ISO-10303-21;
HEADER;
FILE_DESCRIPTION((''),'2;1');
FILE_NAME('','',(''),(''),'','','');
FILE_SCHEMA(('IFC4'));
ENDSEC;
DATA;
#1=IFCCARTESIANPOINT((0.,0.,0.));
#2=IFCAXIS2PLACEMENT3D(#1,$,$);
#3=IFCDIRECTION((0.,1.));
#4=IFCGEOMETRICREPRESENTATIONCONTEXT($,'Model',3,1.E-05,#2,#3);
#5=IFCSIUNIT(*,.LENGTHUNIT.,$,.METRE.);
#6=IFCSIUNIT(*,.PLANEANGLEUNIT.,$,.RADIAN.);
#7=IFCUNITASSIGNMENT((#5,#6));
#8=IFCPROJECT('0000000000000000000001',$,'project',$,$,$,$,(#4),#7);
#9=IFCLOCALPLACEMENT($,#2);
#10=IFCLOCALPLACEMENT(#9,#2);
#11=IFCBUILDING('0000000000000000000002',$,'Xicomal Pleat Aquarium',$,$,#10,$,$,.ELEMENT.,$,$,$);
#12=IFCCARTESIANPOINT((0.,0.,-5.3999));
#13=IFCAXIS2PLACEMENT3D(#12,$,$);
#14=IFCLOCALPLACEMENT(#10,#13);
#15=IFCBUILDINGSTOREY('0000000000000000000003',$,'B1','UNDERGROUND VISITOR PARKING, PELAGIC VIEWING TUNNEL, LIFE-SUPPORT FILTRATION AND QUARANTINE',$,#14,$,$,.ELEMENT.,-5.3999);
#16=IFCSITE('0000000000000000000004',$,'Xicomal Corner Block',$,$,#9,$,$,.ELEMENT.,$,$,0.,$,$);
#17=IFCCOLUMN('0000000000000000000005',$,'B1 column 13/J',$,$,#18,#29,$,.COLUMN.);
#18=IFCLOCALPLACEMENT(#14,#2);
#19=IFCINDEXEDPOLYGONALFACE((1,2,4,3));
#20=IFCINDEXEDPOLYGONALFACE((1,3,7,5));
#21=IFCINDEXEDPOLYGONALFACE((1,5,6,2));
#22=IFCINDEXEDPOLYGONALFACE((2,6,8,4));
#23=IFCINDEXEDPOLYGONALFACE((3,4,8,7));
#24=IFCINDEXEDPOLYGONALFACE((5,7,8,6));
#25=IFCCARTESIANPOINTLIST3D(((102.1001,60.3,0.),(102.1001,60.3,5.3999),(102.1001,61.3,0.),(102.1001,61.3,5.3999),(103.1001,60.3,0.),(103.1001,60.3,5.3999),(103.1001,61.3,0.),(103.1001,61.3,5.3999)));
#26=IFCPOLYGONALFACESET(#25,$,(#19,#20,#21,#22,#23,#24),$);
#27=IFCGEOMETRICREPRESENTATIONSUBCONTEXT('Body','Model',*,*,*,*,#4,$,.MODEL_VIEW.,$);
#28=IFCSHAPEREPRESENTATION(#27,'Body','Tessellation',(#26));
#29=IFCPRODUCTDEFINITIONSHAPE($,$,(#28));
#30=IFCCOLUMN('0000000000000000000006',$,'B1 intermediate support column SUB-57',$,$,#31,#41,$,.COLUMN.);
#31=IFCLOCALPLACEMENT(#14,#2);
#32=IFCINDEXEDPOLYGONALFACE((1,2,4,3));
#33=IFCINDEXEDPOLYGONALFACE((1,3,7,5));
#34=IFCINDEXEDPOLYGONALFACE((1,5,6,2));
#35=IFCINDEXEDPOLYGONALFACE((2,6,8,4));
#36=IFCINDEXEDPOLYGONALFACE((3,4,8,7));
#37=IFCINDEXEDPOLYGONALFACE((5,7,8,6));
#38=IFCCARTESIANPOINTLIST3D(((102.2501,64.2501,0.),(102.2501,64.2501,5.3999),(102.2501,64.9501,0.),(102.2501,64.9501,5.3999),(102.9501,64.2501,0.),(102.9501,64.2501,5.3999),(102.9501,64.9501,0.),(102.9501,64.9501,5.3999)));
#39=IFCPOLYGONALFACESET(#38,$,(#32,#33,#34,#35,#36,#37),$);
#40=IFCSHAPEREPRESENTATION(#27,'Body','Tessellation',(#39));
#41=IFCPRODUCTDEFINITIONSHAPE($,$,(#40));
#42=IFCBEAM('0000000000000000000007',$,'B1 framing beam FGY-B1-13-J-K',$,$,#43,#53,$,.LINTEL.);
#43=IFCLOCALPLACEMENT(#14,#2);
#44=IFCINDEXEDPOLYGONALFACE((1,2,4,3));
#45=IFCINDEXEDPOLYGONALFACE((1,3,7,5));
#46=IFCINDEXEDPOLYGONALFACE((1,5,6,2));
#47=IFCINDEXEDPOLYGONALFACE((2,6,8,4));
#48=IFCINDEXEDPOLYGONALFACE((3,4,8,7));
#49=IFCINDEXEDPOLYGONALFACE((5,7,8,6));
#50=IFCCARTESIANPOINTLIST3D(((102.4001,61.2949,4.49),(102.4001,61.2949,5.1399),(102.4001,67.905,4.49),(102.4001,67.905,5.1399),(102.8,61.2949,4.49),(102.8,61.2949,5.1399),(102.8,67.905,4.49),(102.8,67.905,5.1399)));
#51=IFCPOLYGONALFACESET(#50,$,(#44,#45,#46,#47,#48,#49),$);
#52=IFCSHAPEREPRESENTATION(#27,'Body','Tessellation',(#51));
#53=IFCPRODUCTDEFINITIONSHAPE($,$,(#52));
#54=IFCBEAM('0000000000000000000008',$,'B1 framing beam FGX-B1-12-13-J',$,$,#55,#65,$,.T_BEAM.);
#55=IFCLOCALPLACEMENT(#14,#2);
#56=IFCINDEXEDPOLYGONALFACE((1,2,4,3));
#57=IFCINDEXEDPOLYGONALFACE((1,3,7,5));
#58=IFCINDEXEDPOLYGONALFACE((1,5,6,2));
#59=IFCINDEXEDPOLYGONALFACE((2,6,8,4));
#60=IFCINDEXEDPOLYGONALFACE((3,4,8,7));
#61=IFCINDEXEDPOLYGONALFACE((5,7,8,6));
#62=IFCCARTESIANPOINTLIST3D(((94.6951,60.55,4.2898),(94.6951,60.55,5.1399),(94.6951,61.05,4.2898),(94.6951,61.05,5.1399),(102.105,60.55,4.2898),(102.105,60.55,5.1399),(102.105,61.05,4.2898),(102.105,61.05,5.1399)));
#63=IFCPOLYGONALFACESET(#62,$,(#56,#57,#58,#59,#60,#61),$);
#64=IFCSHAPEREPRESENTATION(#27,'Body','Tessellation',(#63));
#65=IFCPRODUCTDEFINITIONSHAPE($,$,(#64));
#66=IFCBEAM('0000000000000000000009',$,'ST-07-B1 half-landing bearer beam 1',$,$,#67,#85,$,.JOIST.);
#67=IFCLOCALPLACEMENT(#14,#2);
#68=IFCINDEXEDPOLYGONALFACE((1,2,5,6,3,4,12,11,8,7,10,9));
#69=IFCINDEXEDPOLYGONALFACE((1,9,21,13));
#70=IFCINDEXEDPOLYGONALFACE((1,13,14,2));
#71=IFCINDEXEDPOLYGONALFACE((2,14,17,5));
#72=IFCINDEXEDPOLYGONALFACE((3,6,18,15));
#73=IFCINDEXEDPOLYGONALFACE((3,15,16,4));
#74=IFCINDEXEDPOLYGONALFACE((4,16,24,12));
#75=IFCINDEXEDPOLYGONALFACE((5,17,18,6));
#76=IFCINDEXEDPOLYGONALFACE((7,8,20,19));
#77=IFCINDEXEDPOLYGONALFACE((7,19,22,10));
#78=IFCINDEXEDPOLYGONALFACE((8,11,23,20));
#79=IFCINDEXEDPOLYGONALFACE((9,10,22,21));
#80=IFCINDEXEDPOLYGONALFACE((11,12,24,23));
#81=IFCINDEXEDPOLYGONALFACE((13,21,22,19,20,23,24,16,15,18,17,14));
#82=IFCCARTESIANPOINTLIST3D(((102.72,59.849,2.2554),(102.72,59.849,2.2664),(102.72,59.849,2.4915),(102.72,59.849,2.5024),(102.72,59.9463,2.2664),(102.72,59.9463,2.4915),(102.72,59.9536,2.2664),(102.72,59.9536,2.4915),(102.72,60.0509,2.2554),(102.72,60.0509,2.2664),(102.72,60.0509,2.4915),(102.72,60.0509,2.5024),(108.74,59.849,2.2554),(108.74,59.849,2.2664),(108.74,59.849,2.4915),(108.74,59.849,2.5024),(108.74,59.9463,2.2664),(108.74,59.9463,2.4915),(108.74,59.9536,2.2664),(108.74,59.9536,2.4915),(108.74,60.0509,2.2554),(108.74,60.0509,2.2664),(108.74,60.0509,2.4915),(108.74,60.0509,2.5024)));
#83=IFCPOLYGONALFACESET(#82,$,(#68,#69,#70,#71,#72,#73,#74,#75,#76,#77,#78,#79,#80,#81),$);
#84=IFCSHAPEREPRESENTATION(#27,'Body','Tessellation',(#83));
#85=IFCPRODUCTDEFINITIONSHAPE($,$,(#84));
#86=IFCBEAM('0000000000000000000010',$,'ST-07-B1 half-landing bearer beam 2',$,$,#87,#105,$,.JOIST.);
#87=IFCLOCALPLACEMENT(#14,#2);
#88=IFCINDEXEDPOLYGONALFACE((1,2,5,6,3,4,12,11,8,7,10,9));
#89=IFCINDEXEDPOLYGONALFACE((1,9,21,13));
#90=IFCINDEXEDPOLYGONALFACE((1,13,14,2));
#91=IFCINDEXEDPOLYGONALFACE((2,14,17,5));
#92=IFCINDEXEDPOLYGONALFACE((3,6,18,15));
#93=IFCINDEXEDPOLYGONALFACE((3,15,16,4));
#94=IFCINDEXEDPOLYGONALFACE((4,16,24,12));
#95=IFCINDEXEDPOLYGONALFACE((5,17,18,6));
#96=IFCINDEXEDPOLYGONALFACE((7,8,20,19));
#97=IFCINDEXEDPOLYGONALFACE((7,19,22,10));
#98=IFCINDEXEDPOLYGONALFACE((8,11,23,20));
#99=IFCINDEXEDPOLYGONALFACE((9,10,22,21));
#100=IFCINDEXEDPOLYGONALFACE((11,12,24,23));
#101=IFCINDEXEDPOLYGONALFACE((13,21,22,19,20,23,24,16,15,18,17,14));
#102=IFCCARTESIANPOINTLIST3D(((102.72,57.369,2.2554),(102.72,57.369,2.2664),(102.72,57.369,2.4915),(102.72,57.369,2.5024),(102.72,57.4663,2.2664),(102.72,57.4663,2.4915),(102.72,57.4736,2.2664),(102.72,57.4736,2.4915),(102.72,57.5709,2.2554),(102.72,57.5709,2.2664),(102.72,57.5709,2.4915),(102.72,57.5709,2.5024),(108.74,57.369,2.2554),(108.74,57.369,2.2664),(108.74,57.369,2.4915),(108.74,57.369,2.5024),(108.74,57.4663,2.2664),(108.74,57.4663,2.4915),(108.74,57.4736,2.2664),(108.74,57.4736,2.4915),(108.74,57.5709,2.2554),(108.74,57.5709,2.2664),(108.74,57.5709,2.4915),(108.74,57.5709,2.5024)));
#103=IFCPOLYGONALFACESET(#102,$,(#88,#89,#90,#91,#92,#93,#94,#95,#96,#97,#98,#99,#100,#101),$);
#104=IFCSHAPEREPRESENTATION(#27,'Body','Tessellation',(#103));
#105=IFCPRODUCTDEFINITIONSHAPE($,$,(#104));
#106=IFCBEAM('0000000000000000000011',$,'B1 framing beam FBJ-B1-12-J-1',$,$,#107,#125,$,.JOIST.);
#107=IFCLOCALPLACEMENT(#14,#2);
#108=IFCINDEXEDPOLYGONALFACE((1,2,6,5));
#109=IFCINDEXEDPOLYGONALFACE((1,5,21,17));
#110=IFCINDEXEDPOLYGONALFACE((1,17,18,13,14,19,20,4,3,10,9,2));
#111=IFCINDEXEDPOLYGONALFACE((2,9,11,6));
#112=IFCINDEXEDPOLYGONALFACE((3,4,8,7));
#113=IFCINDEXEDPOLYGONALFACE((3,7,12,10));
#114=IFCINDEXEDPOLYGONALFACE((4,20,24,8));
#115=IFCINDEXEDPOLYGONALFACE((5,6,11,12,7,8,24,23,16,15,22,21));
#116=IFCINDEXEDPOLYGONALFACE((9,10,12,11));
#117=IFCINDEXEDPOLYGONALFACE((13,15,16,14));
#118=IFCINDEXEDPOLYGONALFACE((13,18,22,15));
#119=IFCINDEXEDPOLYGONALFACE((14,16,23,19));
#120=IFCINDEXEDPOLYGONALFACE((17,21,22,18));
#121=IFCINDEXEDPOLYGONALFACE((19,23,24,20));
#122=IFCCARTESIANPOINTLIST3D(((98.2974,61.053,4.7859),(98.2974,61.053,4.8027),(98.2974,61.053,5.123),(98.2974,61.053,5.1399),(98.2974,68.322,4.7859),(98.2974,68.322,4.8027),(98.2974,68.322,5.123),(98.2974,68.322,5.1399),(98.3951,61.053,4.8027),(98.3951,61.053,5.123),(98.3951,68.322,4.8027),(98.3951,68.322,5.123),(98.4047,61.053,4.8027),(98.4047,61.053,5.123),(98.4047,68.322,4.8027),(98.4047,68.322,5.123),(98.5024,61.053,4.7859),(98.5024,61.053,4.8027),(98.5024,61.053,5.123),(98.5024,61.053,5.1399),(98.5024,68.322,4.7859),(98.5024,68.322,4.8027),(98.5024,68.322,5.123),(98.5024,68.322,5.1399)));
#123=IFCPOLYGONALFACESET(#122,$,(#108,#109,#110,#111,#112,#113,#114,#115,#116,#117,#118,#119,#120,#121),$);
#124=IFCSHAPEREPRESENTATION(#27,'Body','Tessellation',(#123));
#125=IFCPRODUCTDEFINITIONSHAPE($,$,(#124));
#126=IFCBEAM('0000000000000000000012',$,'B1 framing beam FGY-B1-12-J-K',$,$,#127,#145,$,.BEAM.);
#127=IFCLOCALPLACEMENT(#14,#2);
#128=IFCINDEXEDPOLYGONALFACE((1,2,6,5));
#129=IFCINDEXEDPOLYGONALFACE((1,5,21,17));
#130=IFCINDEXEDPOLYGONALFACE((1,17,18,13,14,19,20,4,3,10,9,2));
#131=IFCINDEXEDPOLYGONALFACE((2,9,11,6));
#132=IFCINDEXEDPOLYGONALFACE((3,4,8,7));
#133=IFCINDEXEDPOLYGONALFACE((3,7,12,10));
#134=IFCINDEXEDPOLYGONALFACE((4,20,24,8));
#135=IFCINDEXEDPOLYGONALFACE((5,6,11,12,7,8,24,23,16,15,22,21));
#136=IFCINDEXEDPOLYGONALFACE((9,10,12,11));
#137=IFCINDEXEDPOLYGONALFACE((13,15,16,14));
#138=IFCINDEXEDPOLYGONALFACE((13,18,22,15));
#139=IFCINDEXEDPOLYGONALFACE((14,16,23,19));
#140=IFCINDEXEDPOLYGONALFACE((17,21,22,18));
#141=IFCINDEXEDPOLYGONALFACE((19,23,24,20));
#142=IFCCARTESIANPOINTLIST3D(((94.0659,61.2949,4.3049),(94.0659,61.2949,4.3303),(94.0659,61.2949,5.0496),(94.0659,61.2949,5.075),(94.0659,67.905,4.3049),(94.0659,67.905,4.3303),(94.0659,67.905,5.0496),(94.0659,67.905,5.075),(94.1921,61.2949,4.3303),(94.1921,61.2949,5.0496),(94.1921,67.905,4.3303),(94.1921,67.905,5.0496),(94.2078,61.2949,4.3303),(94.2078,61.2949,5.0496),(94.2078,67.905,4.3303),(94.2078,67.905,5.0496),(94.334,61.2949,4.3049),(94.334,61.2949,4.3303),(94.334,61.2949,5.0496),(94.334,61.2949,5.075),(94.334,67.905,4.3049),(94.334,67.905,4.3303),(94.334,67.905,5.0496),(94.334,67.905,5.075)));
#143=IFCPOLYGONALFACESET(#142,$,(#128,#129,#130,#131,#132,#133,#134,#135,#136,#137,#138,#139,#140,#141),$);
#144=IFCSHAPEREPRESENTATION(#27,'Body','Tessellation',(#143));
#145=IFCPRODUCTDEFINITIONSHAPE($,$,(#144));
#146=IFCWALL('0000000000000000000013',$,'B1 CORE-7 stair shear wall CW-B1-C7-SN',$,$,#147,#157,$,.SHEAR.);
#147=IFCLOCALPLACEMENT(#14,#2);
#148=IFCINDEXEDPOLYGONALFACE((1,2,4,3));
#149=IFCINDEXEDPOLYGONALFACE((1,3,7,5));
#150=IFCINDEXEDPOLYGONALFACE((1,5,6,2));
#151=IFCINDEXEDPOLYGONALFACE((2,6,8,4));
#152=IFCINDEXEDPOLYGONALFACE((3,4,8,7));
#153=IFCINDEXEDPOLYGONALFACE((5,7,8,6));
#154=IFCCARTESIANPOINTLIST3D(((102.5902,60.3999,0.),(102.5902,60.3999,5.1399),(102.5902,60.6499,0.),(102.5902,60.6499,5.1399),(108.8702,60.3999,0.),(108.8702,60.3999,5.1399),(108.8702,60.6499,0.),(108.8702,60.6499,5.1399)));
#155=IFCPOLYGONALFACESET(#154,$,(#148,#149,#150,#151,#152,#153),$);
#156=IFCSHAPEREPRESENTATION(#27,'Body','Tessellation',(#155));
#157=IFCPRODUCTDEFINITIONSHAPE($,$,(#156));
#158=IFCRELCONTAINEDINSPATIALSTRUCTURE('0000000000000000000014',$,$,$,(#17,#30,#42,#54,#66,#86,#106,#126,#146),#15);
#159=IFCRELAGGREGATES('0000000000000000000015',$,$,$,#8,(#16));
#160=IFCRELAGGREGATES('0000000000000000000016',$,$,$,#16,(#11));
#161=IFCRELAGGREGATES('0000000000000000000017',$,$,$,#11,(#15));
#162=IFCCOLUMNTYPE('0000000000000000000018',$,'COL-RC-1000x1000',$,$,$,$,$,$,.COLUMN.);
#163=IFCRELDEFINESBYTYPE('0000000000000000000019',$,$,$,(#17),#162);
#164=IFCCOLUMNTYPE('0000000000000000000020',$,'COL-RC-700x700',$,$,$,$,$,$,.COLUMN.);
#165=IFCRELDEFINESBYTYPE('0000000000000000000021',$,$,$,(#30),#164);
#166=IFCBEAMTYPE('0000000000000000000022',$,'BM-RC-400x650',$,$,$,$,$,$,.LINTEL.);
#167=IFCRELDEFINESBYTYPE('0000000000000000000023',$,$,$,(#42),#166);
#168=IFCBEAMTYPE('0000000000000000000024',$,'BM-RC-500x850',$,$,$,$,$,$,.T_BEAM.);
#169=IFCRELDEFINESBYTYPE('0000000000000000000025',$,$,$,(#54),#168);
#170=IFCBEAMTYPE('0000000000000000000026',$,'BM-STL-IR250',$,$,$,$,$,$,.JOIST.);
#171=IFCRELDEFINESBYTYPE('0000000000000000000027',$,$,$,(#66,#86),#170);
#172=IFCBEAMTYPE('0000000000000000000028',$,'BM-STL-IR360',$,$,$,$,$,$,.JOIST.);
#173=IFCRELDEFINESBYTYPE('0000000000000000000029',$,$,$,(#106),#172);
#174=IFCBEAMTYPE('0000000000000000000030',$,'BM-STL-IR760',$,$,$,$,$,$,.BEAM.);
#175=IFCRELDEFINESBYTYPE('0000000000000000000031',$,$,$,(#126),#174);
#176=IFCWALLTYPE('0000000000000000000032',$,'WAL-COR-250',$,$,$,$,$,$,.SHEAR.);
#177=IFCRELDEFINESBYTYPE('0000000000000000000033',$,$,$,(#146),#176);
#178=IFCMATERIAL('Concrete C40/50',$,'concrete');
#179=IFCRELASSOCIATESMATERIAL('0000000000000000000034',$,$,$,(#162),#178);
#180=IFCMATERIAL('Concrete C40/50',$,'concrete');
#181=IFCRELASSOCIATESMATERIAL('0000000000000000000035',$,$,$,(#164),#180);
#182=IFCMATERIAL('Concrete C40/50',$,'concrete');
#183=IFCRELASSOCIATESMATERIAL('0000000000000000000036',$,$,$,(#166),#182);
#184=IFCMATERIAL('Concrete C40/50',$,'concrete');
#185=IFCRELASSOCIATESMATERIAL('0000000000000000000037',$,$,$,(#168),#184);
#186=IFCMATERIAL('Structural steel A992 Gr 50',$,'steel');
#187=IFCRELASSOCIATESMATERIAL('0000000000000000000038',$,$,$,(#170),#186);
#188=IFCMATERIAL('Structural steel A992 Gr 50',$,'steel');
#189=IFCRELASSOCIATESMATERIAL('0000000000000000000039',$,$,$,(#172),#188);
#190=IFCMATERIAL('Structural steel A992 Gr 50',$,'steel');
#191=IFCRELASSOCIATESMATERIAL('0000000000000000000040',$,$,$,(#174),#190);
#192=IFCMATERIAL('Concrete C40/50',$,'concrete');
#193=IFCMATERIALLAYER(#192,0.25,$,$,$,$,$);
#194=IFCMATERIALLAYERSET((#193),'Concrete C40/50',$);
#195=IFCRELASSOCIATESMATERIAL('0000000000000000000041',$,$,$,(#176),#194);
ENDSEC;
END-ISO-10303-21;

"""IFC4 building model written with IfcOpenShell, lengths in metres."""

from ifc_helpers import new_model, si_unit, direction, frame, frame_2d, origin, origin_2d, place, context, subcontext, project, spatial, rectangle, i_section, extrude, material, layer, layer_set, material_profile, profile_set, type_object, element, save


model = new_model("IFC4")

# Units and contexts
model_context = context("Model", 3, precision=1e-05, world=origin(), true_north=direction((0.0, 1.0)))
body_context = subcontext(model_context, "Body", "Model", "MODEL_VIEW")
ifc_project = project(units=[si_unit("LENGTHUNIT", "METRE"), si_unit("PLANEANGLEUNIT", "RADIAN")], contexts=[model_context])

# Site, building, storey
site_placement = place(None, origin())
site = spatial("IfcSite", under=ifc_project, at=site_placement, Name="Xicomal Corner Block", CompositionType="ELEMENT", RefElevation=0.0)
building_placement = place(site_placement, origin())
building = spatial("IfcBuilding", under=site, at=building_placement, Name="Xicomal Pleat Aquarium", CompositionType="ELEMENT")
storey_placement = place(building_placement, frame((0.0, 0.0, -5.3999)))
storey = spatial("IfcBuildingStorey", under=building, at=storey_placement, Name="B1", Description="UNDERGROUND VISITOR PARKING, PELAGIC VIEWING TUNNEL, LIFE-SUPPORT FILTRATION AND QUARANTINE", CompositionType="ELEMENT", Elevation=-5.3999)

# Columns
ifc_material_1 = material(Name="Concrete C40/50", Category="concrete")
ifc_material_profile_1 = material_profile(ifc_material_1, rectangle(XDim=1.0, YDim=1.0, at=origin_2d()), Name="RC 1000x1000")
ifc_profile_set_1 = profile_set([ifc_material_profile_1], Name="Concrete C40/50")
column_type_1 = type_object("IfcColumnType", Name="COL-RC-1000x1000", PredefinedType="COLUMN", material=ifc_profile_set_1)
for number, where, z_axis, x_axis, name in (
    (1, (102.6001, 60.8, 0.0), (0.0, 0.0, 1.0), (1.0, 0.0, 0.0), "B1 column 13/J"),
):
    element("IfcColumn", number, at=place(storey_placement, frame(where, z_axis=z_axis, x_axis=x_axis)), inside=storey, type_object=column_type_1, Name=name, PredefinedType="COLUMN", context=body_context, shape_type="SweptSolid", body=[
        extrude(rectangle(XDim=1.0, YDim=1.0, at=origin_2d()), origin(), (0.0, 0.0, 1.0), 5.3999),
    ])
ifc_material_2 = material(Name="Concrete C40/50", Category="concrete")
ifc_material_profile_2 = material_profile(ifc_material_2, rectangle(XDim=0.7, YDim=0.7, at=origin_2d()), Name="RC 700x700")
ifc_profile_set_2 = profile_set([ifc_material_profile_2], Name="Concrete C40/50")
column_type_2 = type_object("IfcColumnType", Name="COL-RC-700x700", PredefinedType="COLUMN", material=ifc_profile_set_2)
column_placement = place(storey_placement, frame((102.6001, 64.6001, 0.0), z_axis=(0.0, 0.0, 1.0), x_axis=(1.0, 0.0, 0.0)))
element("IfcColumn", 2, at=column_placement, inside=storey, type_object=column_type_2, Name="B1 intermediate support column SUB-57", PredefinedType="COLUMN", context=body_context, shape_type="SweptSolid", body=[
    extrude(rectangle(XDim=0.7, YDim=0.7, at=origin_2d()), origin(), (0.0, 0.0, 1.0), 5.3999),
])

# Beams
ifc_material_3 = material(Name="Concrete C40/50", Category="concrete")
ifc_material_profile_3 = material_profile(ifc_material_3, rectangle(XDim=0.3999, YDim=0.6499, at=origin_2d()), Name="RC 400x650")
ifc_profile_set_3 = profile_set([ifc_material_profile_3], Name="Concrete C40/50")
beam_type_1 = type_object("IfcBeamType", Name="BM-RC-400x650", PredefinedType="LINTEL", material=ifc_profile_set_3)
beam_1_placement = place(storey_placement, frame((102.6001, 61.2949, 4.8149), z_axis=(0.0, 1.0, 0.0), x_axis=(-1.0, 0.0, 0.0)))
element("IfcBeam", 3, at=beam_1_placement, inside=storey, type_object=beam_type_1, Name="B1 framing beam FGY-B1-13-J-K", PredefinedType="LINTEL", context=body_context, shape_type="SweptSolid", body=[
    extrude(rectangle(XDim=0.3999, YDim=0.6499, at=origin_2d()), origin(), (0.0, 0.0, 1.0), 6.6101),
])
ifc_material_4 = material(Name="Concrete C40/50", Category="concrete")
ifc_material_profile_4 = material_profile(ifc_material_4, rectangle(XDim=0.5, YDim=0.8501, at=origin_2d()), Name="RC 500x850")
ifc_profile_set_4 = profile_set([ifc_material_profile_4], Name="Concrete C40/50")
beam_type_2 = type_object("IfcBeamType", Name="BM-RC-500x850", PredefinedType="T_BEAM", material=ifc_profile_set_4)
beam_2_placement = place(storey_placement, frame((94.6951, 60.8, 4.7148), z_axis=(1.0, 0.0, 0.0), x_axis=(0.0, 1.0, 0.0)))
element("IfcBeam", 4, at=beam_2_placement, inside=storey, type_object=beam_type_2, Name="B1 framing beam FGX-B1-12-13-J", PredefinedType="T_BEAM", context=body_context, shape_type="SweptSolid", body=[
    extrude(rectangle(XDim=0.5, YDim=0.8501, at=origin_2d()), origin(), (0.0, 0.0, 1.0), 7.4099),
])
ifc_material_5 = material(Name="Structural steel A992 Gr 50", Category="steel")
ifc_material_profile_5 = material_profile(ifc_material_5, i_section(OverallWidth=0.2019, OverallDepth=0.2471, WebThickness=0.0073, FlangeThickness=0.011, at=origin_2d()), Name="IR 250x49")
ifc_profile_set_5 = profile_set([ifc_material_profile_5], Name="Structural steel A992 Gr 50")
beam_type_3 = type_object("IfcBeamType", Name="BM-STL-IR250", PredefinedType="JOIST", material=ifc_profile_set_5)
for number, where, z_axis, x_axis, name in (
    (5, (102.72, 59.95, 2.3789), (1.0, 0.0, 0.0), (0.0, 1.0, 0.0), "ST-07-B1 half-landing bearer beam 1"),
    (6, (102.72, 57.47, 2.3789), (1.0, 0.0, 0.0), (0.0, 1.0, 0.0), "ST-07-B1 half-landing bearer beam 2"),
):
    element("IfcBeam", number, at=place(storey_placement, frame(where, z_axis=z_axis, x_axis=x_axis)), inside=storey, type_object=beam_type_3, Name=name, PredefinedType="JOIST", context=body_context, shape_type="SweptSolid", body=[
        extrude(i_section(OverallWidth=0.2019, OverallDepth=0.2471, WebThickness=0.0073, FlangeThickness=0.011, at=origin_2d()), origin(), (0.0, 0.0, 1.0), 6.02),
    ])
ifc_material_6 = material(Name="Structural steel A992 Gr 50", Category="steel")
ifc_material_profile_6 = material_profile(ifc_material_6, i_section(OverallWidth=0.2051, OverallDepth=0.354, WebThickness=0.0095, FlangeThickness=0.0168, at=origin_2d()), Name="IR 360x79")
ifc_profile_set_6 = profile_set([ifc_material_profile_6], Name="Structural steel A992 Gr 50")
beam_type_4 = type_object("IfcBeamType", Name="BM-STL-IR360", PredefinedType="JOIST", material=ifc_profile_set_6)
beam_3_placement = place(storey_placement, frame((98.3999, 61.053, 4.9629), z_axis=(0.0, 1.0, 0.0), x_axis=(-1.0, 0.0, 0.0)))
element("IfcBeam", 7, at=beam_3_placement, inside=storey, type_object=beam_type_4, Name="B1 framing beam FBJ-B1-12-J-1", PredefinedType="JOIST", context=body_context, shape_type="SweptSolid", body=[
    extrude(i_section(OverallWidth=0.2051, OverallDepth=0.354, WebThickness=0.0095, FlangeThickness=0.0168, at=origin_2d()), origin(), (0.0, 0.0, 1.0), 7.269),
])
ifc_material_7 = material(Name="Structural steel A992 Gr 50", Category="steel")
ifc_material_profile_7 = material_profile(ifc_material_7, i_section(OverallWidth=0.2681, OverallDepth=0.77, WebThickness=0.0156, FlangeThickness=0.0254, at=origin_2d()), Name="IR 760x196")
ifc_profile_set_7 = profile_set([ifc_material_profile_7], Name="Structural steel A992 Gr 50")
beam_type_5 = type_object("IfcBeamType", Name="BM-STL-IR760", PredefinedType="BEAM", material=ifc_profile_set_7)
beam_4_placement = place(storey_placement, frame((94.2, 61.2949, 4.6899), z_axis=(0.0, 1.0, 0.0), x_axis=(-1.0, 0.0, 0.0)))
element("IfcBeam", 8, at=beam_4_placement, inside=storey, type_object=beam_type_5, Name="B1 framing beam FGY-B1-12-J-K", PredefinedType="BEAM", context=body_context, shape_type="SweptSolid", body=[
    extrude(i_section(OverallWidth=0.2681, OverallDepth=0.77, WebThickness=0.0156, FlangeThickness=0.0254, at=origin_2d()), origin(), (0.0, 0.0, 1.0), 6.6101),
])

# Wall
ifc_material_8 = material(Name="Concrete C40/50", Category="concrete")
ifc_layer = layer(ifc_material_8, 0.25)
ifc_layer_set = layer_set([ifc_layer], Name="Concrete C40/50")
wall_type = type_object("IfcWallType", Name="WAL-COR-250", PredefinedType="SHEAR", material=ifc_layer_set)
wall_placement = place(storey_placement, frame((102.5901, 60.5249, 0.0), z_axis=(0.0, 0.0, 1.0), x_axis=(1.0, 0.0, 0.0)))
element("IfcWall", 9, at=wall_placement, inside=storey, type_object=wall_type, Name="B1 CORE-7 stair shear wall CW-B1-C7-SN", PredefinedType="SHEAR", context=body_context, shape_type="SweptSolid", body=[
    extrude(rectangle(XDim=6.28, YDim=0.25, at=frame_2d((3.1401, 0.0))), origin(), (0.0, 0.0, 1.0), 5.1399),
])

save(model, "model.ifc")
